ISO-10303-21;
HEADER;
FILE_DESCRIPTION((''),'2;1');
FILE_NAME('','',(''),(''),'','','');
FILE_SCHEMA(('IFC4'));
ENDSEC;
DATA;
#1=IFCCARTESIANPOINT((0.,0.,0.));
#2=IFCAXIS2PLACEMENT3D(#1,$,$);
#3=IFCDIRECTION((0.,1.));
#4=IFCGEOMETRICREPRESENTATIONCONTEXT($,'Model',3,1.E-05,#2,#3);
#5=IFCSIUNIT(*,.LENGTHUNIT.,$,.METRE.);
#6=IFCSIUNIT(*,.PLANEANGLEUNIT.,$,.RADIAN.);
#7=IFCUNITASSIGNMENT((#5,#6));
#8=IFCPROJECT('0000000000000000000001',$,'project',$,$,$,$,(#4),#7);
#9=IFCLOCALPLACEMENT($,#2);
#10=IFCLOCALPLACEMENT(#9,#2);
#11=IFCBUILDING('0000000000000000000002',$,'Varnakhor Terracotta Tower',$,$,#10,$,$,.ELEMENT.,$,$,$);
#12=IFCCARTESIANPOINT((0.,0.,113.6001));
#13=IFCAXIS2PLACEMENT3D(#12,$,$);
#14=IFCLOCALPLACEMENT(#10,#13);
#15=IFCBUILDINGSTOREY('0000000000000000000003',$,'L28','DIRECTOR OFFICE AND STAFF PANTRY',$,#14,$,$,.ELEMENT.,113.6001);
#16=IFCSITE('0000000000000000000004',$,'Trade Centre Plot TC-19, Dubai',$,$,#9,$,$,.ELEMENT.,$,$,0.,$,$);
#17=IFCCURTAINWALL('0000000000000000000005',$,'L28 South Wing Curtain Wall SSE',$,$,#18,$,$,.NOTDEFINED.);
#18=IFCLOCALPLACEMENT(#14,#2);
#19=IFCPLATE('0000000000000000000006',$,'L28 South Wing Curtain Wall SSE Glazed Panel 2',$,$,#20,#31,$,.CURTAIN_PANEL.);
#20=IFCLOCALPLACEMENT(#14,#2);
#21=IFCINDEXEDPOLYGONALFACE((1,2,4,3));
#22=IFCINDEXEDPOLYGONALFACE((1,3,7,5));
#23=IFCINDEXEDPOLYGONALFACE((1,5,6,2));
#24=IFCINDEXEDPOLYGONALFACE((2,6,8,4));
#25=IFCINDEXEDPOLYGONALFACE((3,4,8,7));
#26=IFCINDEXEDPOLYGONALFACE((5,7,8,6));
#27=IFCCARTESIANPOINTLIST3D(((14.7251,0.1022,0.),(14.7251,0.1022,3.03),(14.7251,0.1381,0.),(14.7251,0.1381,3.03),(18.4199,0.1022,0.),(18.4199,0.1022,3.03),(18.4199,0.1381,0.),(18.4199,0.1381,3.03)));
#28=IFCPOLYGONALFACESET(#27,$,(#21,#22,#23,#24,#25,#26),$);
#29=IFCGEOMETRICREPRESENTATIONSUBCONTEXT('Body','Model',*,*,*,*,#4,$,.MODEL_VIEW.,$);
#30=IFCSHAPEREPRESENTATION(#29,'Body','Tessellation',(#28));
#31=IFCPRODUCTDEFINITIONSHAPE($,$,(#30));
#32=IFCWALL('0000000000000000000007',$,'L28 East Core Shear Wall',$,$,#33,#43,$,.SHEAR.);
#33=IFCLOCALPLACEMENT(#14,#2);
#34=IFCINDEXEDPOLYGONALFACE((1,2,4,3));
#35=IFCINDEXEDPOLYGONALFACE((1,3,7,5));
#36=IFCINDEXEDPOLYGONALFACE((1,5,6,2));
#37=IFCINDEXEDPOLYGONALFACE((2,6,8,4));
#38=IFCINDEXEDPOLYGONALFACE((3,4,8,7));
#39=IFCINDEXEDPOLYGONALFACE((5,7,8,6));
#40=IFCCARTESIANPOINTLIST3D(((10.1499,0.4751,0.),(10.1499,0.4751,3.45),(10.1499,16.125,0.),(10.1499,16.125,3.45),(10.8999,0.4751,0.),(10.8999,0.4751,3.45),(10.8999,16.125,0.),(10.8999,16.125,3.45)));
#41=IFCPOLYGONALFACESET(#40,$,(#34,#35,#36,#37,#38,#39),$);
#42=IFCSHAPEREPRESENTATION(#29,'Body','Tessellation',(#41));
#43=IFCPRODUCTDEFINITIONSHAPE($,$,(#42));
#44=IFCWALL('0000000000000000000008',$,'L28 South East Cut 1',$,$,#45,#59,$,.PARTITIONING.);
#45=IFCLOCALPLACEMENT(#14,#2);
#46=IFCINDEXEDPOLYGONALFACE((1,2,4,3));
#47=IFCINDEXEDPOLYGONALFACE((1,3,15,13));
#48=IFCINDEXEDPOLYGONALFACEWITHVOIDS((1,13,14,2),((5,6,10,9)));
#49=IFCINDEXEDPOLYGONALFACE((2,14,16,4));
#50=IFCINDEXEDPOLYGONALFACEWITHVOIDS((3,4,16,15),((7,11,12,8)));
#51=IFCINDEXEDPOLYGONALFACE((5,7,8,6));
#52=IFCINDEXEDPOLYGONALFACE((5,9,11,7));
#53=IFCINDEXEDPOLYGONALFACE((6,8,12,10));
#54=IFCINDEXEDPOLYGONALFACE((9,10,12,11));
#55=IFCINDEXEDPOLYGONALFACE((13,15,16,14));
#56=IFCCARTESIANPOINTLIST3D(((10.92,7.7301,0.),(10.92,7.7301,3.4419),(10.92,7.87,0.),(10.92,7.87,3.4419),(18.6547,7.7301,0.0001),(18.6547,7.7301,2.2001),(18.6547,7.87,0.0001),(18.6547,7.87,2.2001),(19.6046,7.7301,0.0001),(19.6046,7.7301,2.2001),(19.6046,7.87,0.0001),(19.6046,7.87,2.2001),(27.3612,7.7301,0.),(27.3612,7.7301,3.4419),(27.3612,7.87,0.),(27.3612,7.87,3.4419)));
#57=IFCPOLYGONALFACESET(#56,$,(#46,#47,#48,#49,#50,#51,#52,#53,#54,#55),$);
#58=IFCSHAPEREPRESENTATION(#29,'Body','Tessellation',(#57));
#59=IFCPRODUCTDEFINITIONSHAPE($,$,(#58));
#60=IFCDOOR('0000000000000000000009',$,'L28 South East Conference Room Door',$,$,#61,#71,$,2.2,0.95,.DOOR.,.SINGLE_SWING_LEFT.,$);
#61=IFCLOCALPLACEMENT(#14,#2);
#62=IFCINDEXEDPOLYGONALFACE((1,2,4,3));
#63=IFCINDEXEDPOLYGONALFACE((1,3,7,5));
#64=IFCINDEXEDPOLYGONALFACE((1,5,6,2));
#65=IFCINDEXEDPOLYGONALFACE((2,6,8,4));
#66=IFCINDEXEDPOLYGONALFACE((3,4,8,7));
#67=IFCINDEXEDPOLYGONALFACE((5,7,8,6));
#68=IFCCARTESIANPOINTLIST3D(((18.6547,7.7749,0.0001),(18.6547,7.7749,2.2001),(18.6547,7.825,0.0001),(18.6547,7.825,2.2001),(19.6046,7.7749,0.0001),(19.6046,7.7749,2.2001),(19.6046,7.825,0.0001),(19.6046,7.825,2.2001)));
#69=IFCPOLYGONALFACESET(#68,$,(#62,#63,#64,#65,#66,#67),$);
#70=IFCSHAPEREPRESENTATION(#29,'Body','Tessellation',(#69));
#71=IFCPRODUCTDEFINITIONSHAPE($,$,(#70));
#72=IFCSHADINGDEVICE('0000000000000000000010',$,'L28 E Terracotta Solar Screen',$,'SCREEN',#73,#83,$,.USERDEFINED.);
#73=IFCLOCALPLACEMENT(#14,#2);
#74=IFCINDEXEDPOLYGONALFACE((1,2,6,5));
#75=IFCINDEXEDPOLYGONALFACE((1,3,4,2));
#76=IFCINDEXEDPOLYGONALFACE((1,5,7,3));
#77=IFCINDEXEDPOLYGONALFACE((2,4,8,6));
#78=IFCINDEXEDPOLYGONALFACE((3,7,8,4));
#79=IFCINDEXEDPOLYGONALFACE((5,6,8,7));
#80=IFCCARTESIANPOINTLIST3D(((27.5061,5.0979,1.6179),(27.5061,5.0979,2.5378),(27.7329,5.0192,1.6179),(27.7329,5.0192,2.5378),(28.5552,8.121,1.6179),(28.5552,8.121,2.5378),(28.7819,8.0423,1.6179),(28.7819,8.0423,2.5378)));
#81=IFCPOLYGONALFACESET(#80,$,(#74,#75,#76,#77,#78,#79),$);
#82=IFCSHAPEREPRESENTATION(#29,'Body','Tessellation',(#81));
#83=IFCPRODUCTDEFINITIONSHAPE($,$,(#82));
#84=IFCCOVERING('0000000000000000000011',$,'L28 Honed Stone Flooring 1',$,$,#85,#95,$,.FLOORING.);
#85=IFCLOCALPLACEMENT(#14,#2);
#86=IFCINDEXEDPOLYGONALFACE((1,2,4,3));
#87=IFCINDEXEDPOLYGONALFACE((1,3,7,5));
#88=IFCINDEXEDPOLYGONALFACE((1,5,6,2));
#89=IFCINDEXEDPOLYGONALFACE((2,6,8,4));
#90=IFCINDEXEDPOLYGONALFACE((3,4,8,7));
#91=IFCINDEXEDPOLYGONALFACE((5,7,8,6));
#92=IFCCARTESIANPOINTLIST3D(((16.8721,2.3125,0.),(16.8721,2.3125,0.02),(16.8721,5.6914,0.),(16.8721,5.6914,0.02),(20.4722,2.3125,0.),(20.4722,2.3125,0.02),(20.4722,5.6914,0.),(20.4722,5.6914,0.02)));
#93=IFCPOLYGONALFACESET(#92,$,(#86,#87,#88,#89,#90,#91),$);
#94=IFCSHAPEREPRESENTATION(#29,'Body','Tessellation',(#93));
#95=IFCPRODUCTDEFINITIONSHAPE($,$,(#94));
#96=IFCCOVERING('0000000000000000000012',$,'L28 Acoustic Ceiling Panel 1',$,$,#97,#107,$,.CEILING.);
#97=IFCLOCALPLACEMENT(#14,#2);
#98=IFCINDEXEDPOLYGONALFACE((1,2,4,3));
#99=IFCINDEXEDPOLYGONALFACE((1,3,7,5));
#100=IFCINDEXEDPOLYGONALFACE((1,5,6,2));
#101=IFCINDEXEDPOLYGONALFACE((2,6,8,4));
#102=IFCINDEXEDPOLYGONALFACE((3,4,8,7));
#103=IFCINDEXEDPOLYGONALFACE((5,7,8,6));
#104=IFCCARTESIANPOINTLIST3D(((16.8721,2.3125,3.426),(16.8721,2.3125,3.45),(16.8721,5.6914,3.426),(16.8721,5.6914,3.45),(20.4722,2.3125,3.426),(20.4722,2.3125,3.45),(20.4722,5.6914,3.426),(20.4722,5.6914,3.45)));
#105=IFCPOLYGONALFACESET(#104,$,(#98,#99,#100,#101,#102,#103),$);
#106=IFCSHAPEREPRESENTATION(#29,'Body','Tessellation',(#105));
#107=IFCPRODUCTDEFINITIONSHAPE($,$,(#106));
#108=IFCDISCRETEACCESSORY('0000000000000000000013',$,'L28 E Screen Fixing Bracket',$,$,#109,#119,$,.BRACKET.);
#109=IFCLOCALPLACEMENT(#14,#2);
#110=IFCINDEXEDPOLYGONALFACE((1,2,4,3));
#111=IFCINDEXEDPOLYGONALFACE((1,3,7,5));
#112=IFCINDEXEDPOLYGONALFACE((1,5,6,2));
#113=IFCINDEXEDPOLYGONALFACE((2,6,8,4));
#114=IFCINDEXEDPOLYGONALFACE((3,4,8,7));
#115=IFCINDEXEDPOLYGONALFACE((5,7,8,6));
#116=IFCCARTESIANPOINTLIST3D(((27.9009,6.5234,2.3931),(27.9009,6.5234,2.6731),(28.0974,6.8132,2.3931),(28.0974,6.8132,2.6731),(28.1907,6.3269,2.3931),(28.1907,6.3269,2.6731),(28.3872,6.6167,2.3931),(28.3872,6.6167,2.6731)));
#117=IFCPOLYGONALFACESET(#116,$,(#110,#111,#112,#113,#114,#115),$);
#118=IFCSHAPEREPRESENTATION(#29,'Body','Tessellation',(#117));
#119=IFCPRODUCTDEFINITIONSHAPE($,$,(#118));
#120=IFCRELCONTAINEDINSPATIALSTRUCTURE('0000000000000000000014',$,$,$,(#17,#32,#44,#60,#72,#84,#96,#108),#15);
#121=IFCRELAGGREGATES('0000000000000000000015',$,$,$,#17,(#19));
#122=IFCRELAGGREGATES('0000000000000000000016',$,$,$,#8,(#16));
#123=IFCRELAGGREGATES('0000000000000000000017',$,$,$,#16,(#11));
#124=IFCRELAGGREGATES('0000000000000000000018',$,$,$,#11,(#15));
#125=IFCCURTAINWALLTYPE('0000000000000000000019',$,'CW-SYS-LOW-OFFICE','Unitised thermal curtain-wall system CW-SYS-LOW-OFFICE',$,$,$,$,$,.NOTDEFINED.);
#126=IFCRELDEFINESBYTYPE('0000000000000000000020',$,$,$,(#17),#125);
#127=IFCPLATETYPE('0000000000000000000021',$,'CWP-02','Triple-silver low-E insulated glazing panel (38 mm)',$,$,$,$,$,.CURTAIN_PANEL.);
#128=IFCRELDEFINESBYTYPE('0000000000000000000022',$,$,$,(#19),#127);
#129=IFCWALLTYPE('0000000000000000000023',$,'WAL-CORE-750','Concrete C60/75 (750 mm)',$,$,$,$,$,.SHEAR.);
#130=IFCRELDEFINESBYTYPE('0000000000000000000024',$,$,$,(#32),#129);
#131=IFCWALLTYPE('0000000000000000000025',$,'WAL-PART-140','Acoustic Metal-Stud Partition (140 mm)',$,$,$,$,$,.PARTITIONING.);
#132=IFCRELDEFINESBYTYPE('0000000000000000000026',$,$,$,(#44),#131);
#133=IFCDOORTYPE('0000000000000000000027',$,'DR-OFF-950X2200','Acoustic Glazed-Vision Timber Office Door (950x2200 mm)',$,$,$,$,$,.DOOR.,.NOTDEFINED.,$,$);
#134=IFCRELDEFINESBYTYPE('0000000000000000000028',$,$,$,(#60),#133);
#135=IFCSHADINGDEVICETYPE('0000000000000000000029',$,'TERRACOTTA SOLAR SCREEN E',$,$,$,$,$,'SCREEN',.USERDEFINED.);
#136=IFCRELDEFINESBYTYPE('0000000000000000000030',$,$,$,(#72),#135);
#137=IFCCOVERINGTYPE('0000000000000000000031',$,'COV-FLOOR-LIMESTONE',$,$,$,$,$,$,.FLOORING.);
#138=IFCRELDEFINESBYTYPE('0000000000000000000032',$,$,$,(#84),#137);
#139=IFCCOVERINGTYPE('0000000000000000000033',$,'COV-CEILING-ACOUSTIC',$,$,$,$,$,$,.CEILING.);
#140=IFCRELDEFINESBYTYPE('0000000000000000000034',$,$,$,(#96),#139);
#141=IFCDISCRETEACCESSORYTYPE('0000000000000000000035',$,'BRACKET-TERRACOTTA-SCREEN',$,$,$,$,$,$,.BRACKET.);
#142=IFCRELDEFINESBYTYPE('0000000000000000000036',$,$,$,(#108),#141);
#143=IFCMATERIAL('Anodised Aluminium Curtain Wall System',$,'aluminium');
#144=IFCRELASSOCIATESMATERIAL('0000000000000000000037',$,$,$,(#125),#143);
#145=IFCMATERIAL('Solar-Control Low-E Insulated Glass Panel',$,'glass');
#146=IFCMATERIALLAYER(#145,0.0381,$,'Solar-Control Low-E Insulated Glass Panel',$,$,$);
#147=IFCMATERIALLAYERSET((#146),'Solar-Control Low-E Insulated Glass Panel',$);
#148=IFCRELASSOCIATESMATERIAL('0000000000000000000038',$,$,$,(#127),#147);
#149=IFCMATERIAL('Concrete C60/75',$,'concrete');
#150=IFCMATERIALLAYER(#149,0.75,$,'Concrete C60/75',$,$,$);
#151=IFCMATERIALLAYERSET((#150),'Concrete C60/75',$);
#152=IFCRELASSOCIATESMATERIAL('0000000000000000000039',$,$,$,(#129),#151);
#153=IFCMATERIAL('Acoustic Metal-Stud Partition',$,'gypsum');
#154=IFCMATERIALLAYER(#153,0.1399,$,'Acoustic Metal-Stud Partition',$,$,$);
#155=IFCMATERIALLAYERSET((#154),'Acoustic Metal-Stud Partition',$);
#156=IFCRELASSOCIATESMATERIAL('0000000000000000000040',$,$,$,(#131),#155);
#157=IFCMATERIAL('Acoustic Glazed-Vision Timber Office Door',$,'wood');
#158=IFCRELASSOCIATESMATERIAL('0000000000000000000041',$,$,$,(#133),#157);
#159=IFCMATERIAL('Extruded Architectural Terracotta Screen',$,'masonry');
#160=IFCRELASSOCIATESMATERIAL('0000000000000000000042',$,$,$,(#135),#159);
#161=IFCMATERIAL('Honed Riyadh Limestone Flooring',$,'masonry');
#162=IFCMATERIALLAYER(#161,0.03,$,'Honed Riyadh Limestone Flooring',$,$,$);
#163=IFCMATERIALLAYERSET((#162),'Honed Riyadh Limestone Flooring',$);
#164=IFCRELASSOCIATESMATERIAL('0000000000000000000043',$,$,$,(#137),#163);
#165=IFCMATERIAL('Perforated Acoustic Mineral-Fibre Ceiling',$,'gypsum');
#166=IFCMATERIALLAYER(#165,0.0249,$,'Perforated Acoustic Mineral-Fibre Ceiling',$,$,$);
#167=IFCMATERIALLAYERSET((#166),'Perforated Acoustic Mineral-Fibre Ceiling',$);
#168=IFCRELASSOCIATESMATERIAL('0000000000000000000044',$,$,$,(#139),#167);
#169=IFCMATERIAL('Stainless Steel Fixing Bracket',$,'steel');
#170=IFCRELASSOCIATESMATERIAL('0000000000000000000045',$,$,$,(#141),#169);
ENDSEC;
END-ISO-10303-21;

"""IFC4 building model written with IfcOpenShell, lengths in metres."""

from ifc_helpers import new_model, si_unit, direction, frame, frame_2d, origin, origin_2d, place, context, subcontext, project, spatial, rectangle, extrude, source, transform, mapped, material, layer, layer_set, type_object, type_shapes, element, fill, aggregate, save


model = new_model("IFC4")

# Units and contexts
model_context = context("Model", 3, precision=1e-05, world=origin(), true_north=direction((0.0, 1.0)))
body_context = subcontext(model_context, "Body", "Model", "MODEL_VIEW")
ifc_project = project(units=[si_unit("LENGTHUNIT", "METRE"), si_unit("PLANEANGLEUNIT", "RADIAN")], contexts=[model_context])

# Site, building, storey
site_placement = place(None, origin())
site = spatial("IfcSite", under=ifc_project, at=site_placement, Name="Trade Centre Plot TC-19, Dubai", CompositionType="ELEMENT", RefElevation=0.0)
building_placement = place(site_placement, origin())
building = spatial("IfcBuilding", under=site, at=building_placement, Name="Varnakhor Terracotta Tower", CompositionType="ELEMENT")
storey_placement = place(building_placement, frame((0.0, 0.0, 113.6001)))
storey = spatial("IfcBuildingStorey", under=building, at=storey_placement, Name="L28", Description="DIRECTOR OFFICE AND STAFF PANTRY", CompositionType="ELEMENT", Elevation=113.6001)

# Curtain wall
ifc_material_1 = material(Name="Anodised Aluminium Curtain Wall System", Category="aluminium")
curtain_wall_type = type_object("IfcCurtainWallType", Name="CW-SYS-LOW-OFFICE", Description="Unitised thermal curtain-wall system CW-SYS-LOW-OFFICE", PredefinedType="NOTDEFINED", material=ifc_material_1)
curtain_wall_1_placement = place(storey_placement, origin())
curtain_wall_1 = element("IfcCurtainWall", 1, at=curtain_wall_1_placement, inside=storey, type_object=curtain_wall_type, Name="L28 South Wing Curtain Wall SSE", PredefinedType="NOTDEFINED")

# Shared definitions
ifc_material_2 = material(Name="Solar-Control Low-E Insulated Glass Panel", Category="glass")
ifc_layer_1 = layer(ifc_material_2, 0.0381, Name="Solar-Control Low-E Insulated Glass Panel")
ifc_layer_set_1 = layer_set([ifc_layer_1], Name="Solar-Control Low-E Insulated Glass Panel")
plate_type_1 = type_object("IfcPlateType", Name="CWP-02", Description="Triple-silver low-E insulated glazing panel (38 mm)", PredefinedType="CURTAIN_PANEL", material=ifc_layer_set_1)

# Plate
shared_shape_1 = source(origin(), body_context, "Body", "SweptSolid", [
    extrude(rectangle(XDim=3.6948, YDim=0.0359, at=origin_2d()), origin(), (0.0, 0.0, 1.0), 3.03),
])
plate_1_placement = place(storey_placement, frame((16.5725, 0.1201, 0.0), z_axis=(0.0, 0.0, 1.0), x_axis=(-1.0, 0.0, 0.0)))
plate_1 = element("IfcPlate", 2, at=plate_1_placement, type_object=plate_type_1, Name="L28 South Wing Curtain Wall SSE Glazed Panel 2", PredefinedType="CURTAIN_PANEL", context=body_context, shape_type="MappedRepresentation", body=[
    mapped(shared_shape_1, transform((0.0, 0.0, 0.0), scale=1.0)),
])
aggregate(curtain_wall_1, [plate_1])

# Wall
ifc_material_3 = material(Name="Concrete C60/75", Category="concrete")
ifc_layer_2 = layer(ifc_material_3, 0.75, Name="Concrete C60/75")
ifc_layer_set_2 = layer_set([ifc_layer_2], Name="Concrete C60/75")
wall_type_1 = type_object("IfcWallType", Name="WAL-CORE-750", Description="Concrete C60/75 (750 mm)", PredefinedType="SHEAR", material=ifc_layer_set_2)
wall_1_placement = place(storey_placement, frame((10.5249, 0.4751, 0.0), z_axis=(0.0, 0.0, 1.0), x_axis=(0.0, 1.0, 0.0)))
element("IfcWall", 3, at=wall_1_placement, inside=storey, type_object=wall_type_1, Name="L28 East Core Shear Wall", PredefinedType="SHEAR", context=body_context, shape_type="SweptSolid", body=[
    extrude(rectangle(XDim=15.6499, YDim=0.75, at=frame_2d((7.825, 0.0))), origin(), (0.0, 0.0, 1.0), 3.45),
])

# Wall, opening, door
ifc_material_4 = material(Name="Acoustic Metal-Stud Partition", Category="gypsum")
ifc_layer_3 = layer(ifc_material_4, 0.1399, Name="Acoustic Metal-Stud Partition")
ifc_layer_set_3 = layer_set([ifc_layer_3], Name="Acoustic Metal-Stud Partition")
wall_type_2 = type_object("IfcWallType", Name="WAL-PART-140", Description="Acoustic Metal-Stud Partition (140 mm)", PredefinedType="PARTITIONING", material=ifc_layer_set_3)
wall_2_placement = place(storey_placement, frame((10.9199, 7.8, 0.0), z_axis=(0.0, 0.0, 1.0), x_axis=(1.0, 0.0, 0.0)))
wall_2 = element("IfcWall", 4, at=wall_2_placement, inside=storey, type_object=wall_type_2, Name="L28 South East Cut 1", PredefinedType="PARTITIONING", context=body_context, shape_type="SweptSolid", body=[
    extrude(rectangle(XDim=16.4412, YDim=0.1399, at=frame_2d((8.2207, 0.0))), origin(), (0.0, 0.0, 1.0), 3.4419),
])
opening_placement = place(wall_2_placement, frame((7.7346, 0.0, 0.0)))
opening = element("IfcOpeningElement", 5, at=opening_placement, cuts=wall_2, PredefinedType="OPENING", context=body_context, shape_type="SweptSolid", body=[
    extrude(rectangle(XDim=0.95, YDim=2.2, at=frame_2d((0.4751, 1.1001))), frame((0.0, 0.0801, 0.0), z_axis=(0.0, -1.0, 0.0), x_axis=(1.0, 0.0, 0.0)), (0.0, 0.0, 1.0), 0.1599),
])
ifc_material_5 = material(Name="Acoustic Glazed-Vision Timber Office Door", Category="wood")
door_type = type_object("IfcDoorType", Name="DR-OFF-950X2200", Description="Acoustic Glazed-Vision Timber Office Door (950x2200 mm)", OperationType="NOTDEFINED", PredefinedType="DOOR", material=ifc_material_5)
shared_shape_2 = source(origin(), body_context, "Body", "SweptSolid", [
    extrude(rectangle(XDim=0.95, YDim=2.2, at=frame_2d((0.4751, 1.1001))), frame((0.0, 0.0249, 0.0), z_axis=(0.0, -1.0, 0.0), x_axis=(1.0, 0.0, 0.0)), (0.0, 0.0, 1.0), 0.05),
])
type_shapes(door_type, [shared_shape_2])
door_placement = place(opening_placement, origin())
door = element("IfcDoor", 6, at=door_placement, inside=storey, type_object=door_type, Name="L28 South East Conference Room Door", OperationType="SINGLE_SWING_LEFT", OverallHeight=2.2, OverallWidth=0.95, PredefinedType="DOOR", context=body_context, shape_type="MappedRepresentation", body=[
    mapped(shared_shape_2, transform((0.0, 0.0, 0.0), scale=1.0)),
])
fill(opening, door)

# Shading device
ifc_material_6 = material(Name="Extruded Architectural Terracotta Screen", Category="masonry")
shading_device_type = type_object("IfcShadingDeviceType", Name="TERRACOTTA SOLAR SCREEN E", ElementType="SCREEN", PredefinedType="USERDEFINED", material=ifc_material_6)
shared_shape_3 = source(origin(), body_context, "Body", "SweptSolid", [
    extrude(rectangle(XDim=3.2, YDim=0.24, at=origin_2d()), origin(), (0.0, 0.0, 1.0), 0.9199),
])
type_shapes(shading_device_type, [shared_shape_3])
shading_device_placement = place(storey_placement, frame((28.144, 6.5701, 1.6179), z_axis=(0.0, 0.0, 1.0), x_axis=(0.327845, 0.944732, 0.0)))
element("IfcShadingDevice", 7, at=shading_device_placement, inside=storey, type_object=shading_device_type, Name="L28 E Terracotta Solar Screen", ObjectType="SCREEN", PredefinedType="USERDEFINED", context=body_context, shape_type="MappedRepresentation", body=[
    mapped(shared_shape_3, transform((0.0, 0.0, 0.0), scale=1.0)),
])

# Coverings
ifc_material_7 = material(Name="Honed Riyadh Limestone Flooring", Category="masonry")
ifc_layer_4 = layer(ifc_material_7, 0.03, Name="Honed Riyadh Limestone Flooring")
ifc_layer_set_4 = layer_set([ifc_layer_4], Name="Honed Riyadh Limestone Flooring")
covering_type_1 = type_object("IfcCoveringType", Name="COV-FLOOR-LIMESTONE", PredefinedType="FLOORING", material=ifc_layer_set_4)
shared_shape_4 = source(origin(), body_context, "Body", "SweptSolid", [
    extrude(rectangle(XDim=3.6001, YDim=3.3789, at=origin_2d()), origin(), (0.0, 0.0, 1.0), 0.02),
])
covering_1_placement = place(storey_placement, frame((18.6721, 4.002, 0.0), z_axis=(0.0, 0.0, 1.0), x_axis=(1.0, 0.0, 0.0)))
element("IfcCovering", 8, at=covering_1_placement, inside=storey, type_object=covering_type_1, Name="L28 Honed Stone Flooring 1", PredefinedType="FLOORING", context=body_context, shape_type="MappedRepresentation", body=[
    mapped(shared_shape_4, transform((0.0, 0.0, 0.0), scale=1.0)),
])
ifc_material_8 = material(Name="Perforated Acoustic Mineral-Fibre Ceiling", Category="gypsum")
ifc_layer_5 = layer(ifc_material_8, 0.0249, Name="Perforated Acoustic Mineral-Fibre Ceiling")
ifc_layer_set_5 = layer_set([ifc_layer_5], Name="Perforated Acoustic Mineral-Fibre Ceiling")
covering_type_2 = type_object("IfcCoveringType", Name="COV-CEILING-ACOUSTIC", PredefinedType="CEILING", material=ifc_layer_set_5)
shared_shape_5 = source(origin(), body_context, "Body", "SweptSolid", [
    extrude(rectangle(XDim=3.6001, YDim=3.3789, at=origin_2d()), origin(), (0.0, 0.0, 1.0), 0.0239),
])
covering_2_placement = place(storey_placement, frame((18.6721, 4.002, 3.426), z_axis=(0.0, 0.0, 1.0), x_axis=(1.0, 0.0, 0.0)))
element("IfcCovering", 9, at=covering_2_placement, inside=storey, type_object=covering_type_2, Name="L28 Acoustic Ceiling Panel 1", PredefinedType="CEILING", context=body_context, shape_type="MappedRepresentation", body=[
    mapped(shared_shape_5, transform((0.0, 0.0, 0.0), scale=1.0)),
])

# Discrete accessory
ifc_material_9 = material(Name="Stainless Steel Fixing Bracket", Category="steel")
discrete_accessory_type = type_object("IfcDiscreteAccessoryType", Name="BRACKET-TERRACOTTA-SCREEN", PredefinedType="BRACKET", material=ifc_material_9)
shared_shape_6 = source(origin(), body_context, "Body", "SweptSolid", [
    extrude(rectangle(XDim=0.3501, YDim=0.3501, at=origin_2d()), origin(), (0.0, 0.0, 1.0), 0.28),
])
type_shapes(discrete_accessory_type, [shared_shape_6])
discrete_accessory_placement = place(storey_placement, frame((28.144, 6.5701, 2.3931), z_axis=(0.0, 0.0, 1.0), x_axis=(0.561188, 0.827688, 0.0)))
element("IfcDiscreteAccessory", 10, at=discrete_accessory_placement, inside=storey, type_object=discrete_accessory_type, Name="L28 E Screen Fixing Bracket", PredefinedType="BRACKET", context=body_context, shape_type="MappedRepresentation", body=[
    mapped(shared_shape_6, transform((0.0, 0.0, 0.0), scale=1.0)),
])

save(model, "model.ifc")
